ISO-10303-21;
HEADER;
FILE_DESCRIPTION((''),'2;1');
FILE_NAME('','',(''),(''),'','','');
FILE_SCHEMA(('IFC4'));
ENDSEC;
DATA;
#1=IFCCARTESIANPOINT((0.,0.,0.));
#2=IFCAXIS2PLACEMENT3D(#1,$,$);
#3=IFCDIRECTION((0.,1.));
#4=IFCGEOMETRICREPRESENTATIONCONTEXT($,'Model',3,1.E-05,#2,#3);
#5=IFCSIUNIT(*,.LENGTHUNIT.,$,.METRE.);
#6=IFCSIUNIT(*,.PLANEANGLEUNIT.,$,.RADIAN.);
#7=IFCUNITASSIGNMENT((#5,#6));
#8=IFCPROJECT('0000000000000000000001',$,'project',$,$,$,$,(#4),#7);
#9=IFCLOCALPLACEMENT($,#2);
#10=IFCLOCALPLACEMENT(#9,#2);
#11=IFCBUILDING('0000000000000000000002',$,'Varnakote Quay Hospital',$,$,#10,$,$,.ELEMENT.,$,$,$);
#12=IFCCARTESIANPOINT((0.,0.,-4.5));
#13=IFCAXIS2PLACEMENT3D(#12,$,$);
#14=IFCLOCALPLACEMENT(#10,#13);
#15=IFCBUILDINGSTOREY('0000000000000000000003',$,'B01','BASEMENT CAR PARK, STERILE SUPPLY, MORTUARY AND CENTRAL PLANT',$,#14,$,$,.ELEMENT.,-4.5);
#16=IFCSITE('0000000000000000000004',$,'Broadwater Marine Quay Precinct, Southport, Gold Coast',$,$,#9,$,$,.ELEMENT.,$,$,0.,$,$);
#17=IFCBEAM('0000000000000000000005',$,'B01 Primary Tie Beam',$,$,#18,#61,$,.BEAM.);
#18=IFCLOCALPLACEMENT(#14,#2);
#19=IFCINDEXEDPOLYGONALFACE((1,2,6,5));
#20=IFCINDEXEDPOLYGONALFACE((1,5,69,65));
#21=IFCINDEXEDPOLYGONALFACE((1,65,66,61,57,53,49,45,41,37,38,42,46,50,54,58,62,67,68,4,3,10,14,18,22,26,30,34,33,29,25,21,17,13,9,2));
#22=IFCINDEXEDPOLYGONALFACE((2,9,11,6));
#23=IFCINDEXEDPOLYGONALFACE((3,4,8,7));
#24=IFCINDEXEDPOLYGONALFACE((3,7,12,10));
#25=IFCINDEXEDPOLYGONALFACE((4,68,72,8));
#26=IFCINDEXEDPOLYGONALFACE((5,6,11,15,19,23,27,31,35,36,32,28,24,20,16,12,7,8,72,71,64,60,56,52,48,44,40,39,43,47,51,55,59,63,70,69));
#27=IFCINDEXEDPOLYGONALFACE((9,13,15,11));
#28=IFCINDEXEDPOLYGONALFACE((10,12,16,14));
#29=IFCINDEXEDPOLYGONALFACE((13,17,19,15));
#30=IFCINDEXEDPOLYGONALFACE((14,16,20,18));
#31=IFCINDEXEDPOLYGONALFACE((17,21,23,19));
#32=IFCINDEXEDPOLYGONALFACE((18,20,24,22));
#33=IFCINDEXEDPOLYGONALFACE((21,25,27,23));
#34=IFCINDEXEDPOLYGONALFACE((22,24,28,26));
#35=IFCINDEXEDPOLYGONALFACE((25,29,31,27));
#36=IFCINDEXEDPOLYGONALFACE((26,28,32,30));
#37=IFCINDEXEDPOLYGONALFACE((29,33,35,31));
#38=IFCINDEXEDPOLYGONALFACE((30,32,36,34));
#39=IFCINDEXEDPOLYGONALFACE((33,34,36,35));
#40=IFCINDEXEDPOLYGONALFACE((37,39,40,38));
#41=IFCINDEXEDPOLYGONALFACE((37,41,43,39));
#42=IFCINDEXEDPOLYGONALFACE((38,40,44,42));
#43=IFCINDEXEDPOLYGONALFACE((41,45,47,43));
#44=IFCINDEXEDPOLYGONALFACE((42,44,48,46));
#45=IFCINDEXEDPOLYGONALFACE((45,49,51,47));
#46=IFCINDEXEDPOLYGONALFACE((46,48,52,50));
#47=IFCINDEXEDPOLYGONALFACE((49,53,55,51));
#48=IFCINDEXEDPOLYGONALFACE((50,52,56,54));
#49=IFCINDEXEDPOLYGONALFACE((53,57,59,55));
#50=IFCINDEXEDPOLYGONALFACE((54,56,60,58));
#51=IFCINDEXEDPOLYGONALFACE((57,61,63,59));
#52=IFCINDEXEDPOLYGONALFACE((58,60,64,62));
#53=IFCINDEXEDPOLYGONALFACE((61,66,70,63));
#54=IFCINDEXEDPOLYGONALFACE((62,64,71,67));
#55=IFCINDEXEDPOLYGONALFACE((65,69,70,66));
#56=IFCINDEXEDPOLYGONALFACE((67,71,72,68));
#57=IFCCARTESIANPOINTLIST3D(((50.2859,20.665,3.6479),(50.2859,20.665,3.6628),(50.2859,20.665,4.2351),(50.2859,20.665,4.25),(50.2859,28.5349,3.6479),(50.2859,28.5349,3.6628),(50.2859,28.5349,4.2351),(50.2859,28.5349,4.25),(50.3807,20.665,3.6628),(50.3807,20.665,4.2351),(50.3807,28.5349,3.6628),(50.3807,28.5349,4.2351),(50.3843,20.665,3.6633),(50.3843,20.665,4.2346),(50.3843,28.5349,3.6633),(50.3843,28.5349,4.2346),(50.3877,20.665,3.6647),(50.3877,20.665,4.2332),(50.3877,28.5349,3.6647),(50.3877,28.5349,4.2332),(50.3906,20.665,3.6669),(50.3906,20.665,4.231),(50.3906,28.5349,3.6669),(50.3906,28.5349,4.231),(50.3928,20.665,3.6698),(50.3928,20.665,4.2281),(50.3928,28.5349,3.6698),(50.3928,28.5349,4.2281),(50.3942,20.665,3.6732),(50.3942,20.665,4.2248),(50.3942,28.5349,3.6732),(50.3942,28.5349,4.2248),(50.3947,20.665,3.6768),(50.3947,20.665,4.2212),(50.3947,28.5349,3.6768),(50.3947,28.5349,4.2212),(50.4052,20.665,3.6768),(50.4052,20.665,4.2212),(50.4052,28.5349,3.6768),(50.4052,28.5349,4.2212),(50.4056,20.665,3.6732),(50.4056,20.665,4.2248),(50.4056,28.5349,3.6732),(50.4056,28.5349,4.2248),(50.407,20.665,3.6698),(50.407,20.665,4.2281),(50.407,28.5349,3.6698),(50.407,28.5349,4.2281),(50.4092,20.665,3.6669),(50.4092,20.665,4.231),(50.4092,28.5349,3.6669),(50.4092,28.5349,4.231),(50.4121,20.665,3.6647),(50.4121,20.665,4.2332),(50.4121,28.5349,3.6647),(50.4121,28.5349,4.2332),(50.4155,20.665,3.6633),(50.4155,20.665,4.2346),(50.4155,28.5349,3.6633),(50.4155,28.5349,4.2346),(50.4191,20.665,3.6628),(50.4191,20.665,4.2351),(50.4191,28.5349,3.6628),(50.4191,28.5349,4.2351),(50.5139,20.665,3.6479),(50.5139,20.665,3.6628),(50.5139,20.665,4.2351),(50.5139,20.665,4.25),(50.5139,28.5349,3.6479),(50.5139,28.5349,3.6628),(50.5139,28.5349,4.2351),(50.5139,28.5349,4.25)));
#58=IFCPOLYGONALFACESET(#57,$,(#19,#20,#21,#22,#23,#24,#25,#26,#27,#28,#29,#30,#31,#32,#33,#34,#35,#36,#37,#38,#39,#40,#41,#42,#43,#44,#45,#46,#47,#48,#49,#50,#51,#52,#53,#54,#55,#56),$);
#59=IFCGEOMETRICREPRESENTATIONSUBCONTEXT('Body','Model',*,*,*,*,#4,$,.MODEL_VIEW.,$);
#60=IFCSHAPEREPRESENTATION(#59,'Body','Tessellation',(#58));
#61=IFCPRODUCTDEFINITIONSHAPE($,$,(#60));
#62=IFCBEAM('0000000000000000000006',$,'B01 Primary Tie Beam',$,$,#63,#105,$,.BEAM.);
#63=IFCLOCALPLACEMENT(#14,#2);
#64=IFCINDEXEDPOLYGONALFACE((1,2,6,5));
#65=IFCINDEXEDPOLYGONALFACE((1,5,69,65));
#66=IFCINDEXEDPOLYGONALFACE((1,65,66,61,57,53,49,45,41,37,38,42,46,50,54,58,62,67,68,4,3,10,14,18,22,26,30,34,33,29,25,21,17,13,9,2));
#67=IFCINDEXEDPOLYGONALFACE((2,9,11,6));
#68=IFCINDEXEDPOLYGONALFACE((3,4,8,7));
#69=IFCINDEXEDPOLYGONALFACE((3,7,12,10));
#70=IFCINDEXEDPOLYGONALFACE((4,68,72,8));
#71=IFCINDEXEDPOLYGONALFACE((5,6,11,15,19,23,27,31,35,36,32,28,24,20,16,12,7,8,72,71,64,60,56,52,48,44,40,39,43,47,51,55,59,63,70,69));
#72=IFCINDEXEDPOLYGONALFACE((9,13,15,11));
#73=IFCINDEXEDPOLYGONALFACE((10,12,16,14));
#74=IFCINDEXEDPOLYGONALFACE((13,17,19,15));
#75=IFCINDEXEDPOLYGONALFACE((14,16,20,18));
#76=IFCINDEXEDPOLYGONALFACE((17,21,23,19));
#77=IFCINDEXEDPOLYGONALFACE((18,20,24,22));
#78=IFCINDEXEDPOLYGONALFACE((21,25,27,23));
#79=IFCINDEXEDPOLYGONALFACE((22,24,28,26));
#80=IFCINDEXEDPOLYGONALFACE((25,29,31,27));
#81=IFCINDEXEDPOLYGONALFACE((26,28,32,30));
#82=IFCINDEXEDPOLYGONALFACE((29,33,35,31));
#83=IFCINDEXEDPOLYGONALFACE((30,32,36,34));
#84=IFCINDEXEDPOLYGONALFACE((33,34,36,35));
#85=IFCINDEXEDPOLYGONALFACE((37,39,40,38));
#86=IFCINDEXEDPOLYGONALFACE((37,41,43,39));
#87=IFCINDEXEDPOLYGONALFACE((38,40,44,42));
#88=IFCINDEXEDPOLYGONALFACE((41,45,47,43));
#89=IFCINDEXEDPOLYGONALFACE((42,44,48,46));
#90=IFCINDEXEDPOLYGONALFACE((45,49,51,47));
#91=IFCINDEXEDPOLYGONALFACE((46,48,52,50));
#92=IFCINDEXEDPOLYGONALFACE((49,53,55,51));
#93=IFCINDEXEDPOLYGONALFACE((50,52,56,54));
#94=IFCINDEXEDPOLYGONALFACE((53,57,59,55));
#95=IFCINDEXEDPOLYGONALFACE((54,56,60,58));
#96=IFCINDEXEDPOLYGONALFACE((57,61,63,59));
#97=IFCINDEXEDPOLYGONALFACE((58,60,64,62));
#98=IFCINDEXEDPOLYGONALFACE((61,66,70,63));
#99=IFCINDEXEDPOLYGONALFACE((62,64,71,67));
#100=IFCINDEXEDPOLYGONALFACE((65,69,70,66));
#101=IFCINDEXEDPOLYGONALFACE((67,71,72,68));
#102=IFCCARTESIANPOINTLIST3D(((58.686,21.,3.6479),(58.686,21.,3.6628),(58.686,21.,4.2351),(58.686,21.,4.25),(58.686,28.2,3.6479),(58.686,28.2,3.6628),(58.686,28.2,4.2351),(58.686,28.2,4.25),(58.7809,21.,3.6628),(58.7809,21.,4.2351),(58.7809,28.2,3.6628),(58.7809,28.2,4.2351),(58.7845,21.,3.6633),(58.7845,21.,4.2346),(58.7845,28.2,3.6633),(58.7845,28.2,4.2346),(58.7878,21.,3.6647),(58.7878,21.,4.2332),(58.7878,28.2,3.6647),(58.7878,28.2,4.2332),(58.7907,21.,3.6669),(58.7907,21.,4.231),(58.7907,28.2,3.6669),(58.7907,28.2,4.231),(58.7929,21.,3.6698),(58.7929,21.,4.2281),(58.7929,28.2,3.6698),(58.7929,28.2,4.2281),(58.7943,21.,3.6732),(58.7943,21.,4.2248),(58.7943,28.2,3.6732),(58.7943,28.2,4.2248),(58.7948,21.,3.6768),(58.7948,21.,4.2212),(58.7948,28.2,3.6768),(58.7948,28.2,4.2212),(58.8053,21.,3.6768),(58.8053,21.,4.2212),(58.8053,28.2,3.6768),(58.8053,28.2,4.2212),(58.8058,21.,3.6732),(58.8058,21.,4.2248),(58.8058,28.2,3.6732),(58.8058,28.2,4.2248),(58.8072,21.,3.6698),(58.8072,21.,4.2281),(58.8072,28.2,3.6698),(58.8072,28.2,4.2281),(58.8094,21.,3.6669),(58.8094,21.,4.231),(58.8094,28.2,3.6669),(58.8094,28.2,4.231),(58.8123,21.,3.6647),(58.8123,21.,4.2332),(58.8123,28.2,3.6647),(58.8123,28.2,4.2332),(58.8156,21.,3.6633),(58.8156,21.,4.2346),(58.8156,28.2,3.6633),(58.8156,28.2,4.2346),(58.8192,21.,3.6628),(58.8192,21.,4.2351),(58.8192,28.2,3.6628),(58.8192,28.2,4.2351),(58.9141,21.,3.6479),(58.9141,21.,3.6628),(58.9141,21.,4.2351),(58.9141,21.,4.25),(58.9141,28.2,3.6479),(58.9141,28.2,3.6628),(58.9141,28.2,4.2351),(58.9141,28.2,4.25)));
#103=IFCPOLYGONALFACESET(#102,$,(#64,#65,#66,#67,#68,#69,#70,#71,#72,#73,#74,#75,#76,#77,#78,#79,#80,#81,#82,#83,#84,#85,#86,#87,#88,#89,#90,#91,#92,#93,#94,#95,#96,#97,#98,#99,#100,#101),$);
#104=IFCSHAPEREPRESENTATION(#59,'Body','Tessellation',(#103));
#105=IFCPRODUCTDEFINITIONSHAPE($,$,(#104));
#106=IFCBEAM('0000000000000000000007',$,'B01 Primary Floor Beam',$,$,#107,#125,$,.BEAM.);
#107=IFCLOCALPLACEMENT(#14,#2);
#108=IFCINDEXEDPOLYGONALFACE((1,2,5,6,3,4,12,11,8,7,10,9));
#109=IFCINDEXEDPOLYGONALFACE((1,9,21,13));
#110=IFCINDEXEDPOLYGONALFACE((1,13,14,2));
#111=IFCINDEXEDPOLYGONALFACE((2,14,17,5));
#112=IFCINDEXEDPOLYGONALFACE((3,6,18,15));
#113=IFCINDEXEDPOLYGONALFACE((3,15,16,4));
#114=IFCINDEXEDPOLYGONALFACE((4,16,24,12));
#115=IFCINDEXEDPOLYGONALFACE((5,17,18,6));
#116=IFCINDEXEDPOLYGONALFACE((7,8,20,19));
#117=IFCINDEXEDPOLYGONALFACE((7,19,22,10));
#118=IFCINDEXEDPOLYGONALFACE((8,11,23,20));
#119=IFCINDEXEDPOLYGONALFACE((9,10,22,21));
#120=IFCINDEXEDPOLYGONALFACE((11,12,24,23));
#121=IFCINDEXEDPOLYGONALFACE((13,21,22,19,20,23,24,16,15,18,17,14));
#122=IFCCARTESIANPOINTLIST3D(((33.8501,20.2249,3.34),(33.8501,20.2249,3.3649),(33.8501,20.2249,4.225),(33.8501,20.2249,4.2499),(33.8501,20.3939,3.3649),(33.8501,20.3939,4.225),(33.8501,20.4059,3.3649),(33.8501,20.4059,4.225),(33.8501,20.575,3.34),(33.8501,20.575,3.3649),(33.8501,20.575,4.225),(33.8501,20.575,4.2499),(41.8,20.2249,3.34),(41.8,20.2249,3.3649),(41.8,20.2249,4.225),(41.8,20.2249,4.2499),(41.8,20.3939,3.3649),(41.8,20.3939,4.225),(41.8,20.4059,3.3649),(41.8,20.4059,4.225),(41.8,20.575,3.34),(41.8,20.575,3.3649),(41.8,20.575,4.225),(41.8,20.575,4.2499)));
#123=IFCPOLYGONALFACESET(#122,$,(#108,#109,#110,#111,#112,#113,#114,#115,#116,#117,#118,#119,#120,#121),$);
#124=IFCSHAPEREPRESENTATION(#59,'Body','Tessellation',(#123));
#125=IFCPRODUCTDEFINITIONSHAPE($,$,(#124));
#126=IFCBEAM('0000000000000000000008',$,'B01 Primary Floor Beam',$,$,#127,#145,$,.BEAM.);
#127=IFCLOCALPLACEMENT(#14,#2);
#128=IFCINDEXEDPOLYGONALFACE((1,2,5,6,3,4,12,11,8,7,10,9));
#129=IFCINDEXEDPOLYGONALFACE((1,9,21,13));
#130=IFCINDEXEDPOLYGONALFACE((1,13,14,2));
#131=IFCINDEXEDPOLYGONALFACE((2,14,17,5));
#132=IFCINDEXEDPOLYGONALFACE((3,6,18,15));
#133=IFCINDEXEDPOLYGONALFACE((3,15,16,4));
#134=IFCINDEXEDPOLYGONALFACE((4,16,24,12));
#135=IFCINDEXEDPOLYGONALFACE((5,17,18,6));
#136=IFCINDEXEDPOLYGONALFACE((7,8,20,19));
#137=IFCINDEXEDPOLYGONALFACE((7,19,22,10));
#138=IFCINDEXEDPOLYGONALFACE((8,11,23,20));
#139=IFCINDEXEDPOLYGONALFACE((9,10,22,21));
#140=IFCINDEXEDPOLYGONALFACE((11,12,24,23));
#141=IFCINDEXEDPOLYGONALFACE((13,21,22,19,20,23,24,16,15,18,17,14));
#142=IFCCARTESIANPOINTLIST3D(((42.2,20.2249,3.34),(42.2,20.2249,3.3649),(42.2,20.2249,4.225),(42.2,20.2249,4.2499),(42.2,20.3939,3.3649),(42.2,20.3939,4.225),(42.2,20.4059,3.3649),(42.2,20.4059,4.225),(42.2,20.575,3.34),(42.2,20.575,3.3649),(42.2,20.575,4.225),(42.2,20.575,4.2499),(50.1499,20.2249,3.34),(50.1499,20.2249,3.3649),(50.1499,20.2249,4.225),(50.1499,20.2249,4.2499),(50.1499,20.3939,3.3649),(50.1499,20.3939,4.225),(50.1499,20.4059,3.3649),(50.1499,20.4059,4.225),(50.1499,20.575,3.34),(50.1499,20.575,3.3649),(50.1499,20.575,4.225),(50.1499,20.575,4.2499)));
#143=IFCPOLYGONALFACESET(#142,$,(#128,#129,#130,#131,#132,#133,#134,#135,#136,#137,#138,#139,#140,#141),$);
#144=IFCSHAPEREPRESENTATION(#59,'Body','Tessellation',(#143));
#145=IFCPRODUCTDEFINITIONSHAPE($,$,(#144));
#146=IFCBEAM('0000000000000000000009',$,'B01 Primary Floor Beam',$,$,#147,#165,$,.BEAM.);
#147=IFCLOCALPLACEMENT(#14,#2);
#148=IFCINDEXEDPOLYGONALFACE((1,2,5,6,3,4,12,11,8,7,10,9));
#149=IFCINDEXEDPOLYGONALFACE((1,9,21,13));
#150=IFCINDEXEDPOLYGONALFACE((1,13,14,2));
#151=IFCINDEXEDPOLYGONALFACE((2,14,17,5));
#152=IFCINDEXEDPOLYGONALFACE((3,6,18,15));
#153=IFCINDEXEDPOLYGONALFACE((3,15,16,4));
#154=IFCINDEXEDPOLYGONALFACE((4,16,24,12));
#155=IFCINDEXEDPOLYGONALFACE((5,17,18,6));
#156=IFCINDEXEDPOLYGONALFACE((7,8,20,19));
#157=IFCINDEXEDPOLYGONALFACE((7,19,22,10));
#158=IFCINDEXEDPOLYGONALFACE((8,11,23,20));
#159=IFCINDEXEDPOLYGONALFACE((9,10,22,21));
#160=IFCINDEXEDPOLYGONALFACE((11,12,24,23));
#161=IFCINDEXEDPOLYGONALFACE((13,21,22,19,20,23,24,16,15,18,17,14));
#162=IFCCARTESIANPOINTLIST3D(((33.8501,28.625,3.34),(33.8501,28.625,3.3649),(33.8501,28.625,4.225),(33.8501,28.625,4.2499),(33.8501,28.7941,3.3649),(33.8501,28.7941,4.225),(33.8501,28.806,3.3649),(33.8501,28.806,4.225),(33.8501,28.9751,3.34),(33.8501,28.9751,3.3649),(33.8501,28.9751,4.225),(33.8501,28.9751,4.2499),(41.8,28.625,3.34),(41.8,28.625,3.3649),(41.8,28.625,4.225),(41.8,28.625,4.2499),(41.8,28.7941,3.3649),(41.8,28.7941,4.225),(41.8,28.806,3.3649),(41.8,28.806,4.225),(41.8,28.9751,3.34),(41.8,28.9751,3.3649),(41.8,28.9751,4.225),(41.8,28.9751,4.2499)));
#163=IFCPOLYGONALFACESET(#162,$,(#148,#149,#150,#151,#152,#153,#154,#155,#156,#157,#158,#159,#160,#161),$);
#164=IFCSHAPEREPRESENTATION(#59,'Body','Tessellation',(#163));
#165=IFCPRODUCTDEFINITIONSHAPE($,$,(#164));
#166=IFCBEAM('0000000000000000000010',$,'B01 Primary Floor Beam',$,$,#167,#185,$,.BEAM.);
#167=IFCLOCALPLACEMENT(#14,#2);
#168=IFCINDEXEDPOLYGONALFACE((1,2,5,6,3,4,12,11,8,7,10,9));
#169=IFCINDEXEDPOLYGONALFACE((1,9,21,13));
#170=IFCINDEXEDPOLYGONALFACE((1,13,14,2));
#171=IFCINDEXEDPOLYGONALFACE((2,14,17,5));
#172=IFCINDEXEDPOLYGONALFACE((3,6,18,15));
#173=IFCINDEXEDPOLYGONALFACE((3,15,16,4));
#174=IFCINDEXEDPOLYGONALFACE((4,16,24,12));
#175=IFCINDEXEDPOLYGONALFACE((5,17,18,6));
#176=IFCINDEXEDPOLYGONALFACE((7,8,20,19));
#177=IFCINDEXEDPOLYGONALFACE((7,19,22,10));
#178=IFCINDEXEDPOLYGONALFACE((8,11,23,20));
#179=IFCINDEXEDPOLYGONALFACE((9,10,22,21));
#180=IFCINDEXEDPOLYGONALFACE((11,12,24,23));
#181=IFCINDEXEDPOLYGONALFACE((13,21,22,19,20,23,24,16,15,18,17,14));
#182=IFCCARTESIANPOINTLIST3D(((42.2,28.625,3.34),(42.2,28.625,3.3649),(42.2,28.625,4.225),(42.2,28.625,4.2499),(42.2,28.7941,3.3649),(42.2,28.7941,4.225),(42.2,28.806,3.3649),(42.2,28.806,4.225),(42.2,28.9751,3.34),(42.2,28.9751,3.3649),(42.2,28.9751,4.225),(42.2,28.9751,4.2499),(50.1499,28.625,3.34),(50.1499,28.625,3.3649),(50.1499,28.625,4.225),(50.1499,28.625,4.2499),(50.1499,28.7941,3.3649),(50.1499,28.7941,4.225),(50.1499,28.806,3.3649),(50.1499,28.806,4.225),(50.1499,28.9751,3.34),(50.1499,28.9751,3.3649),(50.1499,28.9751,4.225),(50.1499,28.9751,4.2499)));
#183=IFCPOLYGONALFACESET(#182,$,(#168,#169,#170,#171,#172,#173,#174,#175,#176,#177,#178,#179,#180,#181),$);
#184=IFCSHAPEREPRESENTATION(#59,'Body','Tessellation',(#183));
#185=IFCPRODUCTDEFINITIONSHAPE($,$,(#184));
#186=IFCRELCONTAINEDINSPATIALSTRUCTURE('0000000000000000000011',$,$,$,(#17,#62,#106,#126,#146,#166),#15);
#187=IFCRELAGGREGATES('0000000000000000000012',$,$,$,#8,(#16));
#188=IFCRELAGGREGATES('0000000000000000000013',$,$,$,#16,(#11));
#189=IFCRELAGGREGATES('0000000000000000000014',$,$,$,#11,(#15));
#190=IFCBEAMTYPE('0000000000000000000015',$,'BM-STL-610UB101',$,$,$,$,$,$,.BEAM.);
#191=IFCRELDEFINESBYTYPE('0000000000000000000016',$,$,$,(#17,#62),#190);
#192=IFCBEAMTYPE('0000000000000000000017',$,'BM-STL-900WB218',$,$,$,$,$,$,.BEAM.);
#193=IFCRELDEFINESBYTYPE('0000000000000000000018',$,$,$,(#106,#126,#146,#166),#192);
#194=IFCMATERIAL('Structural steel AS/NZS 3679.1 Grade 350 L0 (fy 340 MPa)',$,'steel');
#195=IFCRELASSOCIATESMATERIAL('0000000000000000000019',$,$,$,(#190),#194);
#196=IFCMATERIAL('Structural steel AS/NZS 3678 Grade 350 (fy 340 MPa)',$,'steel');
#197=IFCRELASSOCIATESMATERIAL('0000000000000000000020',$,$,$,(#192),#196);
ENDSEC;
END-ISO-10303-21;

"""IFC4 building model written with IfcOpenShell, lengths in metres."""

from ifc_helpers import new_model, si_unit, direction, frame, origin, origin_2d, place, context, subcontext, project, spatial, i_section, extrude, material, material_profile, profile_set, type_object, element, save


model = new_model("IFC4")

# Units and contexts
model_context = context("Model", 3, precision=1e-05, world=origin(), true_north=direction((0.0, 1.0)))
body_context = subcontext(model_context, "Body", "Model", "MODEL_VIEW")
ifc_project = project(units=[si_unit("LENGTHUNIT", "METRE"), si_unit("PLANEANGLEUNIT", "RADIAN")], contexts=[model_context])

# Site, building, storey
site_placement = place(None, origin())
site = spatial("IfcSite", under=ifc_project, at=site_placement, Name="Broadwater Marine Quay Precinct, Southport, Gold Coast", CompositionType="ELEMENT", RefElevation=0.0)
building_placement = place(site_placement, origin())
building = spatial("IfcBuilding", under=site, at=building_placement, Name="Varnakote Quay Hospital", CompositionType="ELEMENT")
storey_placement = place(building_placement, frame((0.0, 0.0, -4.5)))
storey = spatial("IfcBuildingStorey", under=building, at=storey_placement, Name="B01", Description="BASEMENT CAR PARK, STERILE SUPPLY, MORTUARY AND CENTRAL PLANT", CompositionType="ELEMENT", Elevation=-4.5)

# Beams
ifc_material_1 = material(Name="Structural steel AS/NZS 3679.1 Grade 350 L0 (fy 340 MPa)", Category="steel")
ifc_material_profile_1 = material_profile(ifc_material_1, i_section(OverallWidth=0.228, OverallDepth=0.6021, WebThickness=0.0105, FlangeThickness=0.0149, FilletRadius=0.0139, at=origin_2d()), Name="610UB101")
ifc_profile_set_1 = profile_set([ifc_material_profile_1], Name="Structural steel AS/NZS 3679.1 Grade 350 L0 (fy 340 MPa)")
beam_type_1 = type_object("IfcBeamType", Name="BM-STL-610UB101", PredefinedType="BEAM", material=ifc_profile_set_1)
beam_1_placement = place(storey_placement, frame((50.3999, 20.665, 3.949), z_axis=(0.0, 1.0, 0.0), x_axis=(-1.0, 0.0, 0.0)))
element("IfcBeam", 1, at=beam_1_placement, inside=storey, type_object=beam_type_1, Name="B01 Primary Tie Beam", PredefinedType="BEAM", context=body_context, shape_type="SweptSolid", body=[
    extrude(i_section(OverallWidth=0.228, OverallDepth=0.6021, WebThickness=0.0105, FlangeThickness=0.0149, FilletRadius=0.0139, at=origin_2d()), origin(), (0.0, 0.0, 1.0), 7.8699),
])
beam_2_placement = place(storey_placement, frame((58.8, 21.0, 3.949), z_axis=(0.0, 1.0, 0.0), x_axis=(-1.0, 0.0, 0.0)))
element("IfcBeam", 2, at=beam_2_placement, inside=storey, type_object=beam_type_1, Name="B01 Primary Tie Beam", PredefinedType="BEAM", context=body_context, shape_type="SweptSolid", body=[
    extrude(i_section(OverallWidth=0.228, OverallDepth=0.6021, WebThickness=0.0105, FlangeThickness=0.0149, FilletRadius=0.0139, at=origin_2d()), origin(), (0.0, 0.0, 1.0), 7.2),
])
ifc_material_2 = material(Name="Structural steel AS/NZS 3678 Grade 350 (fy 340 MPa)", Category="steel")
ifc_material_profile_2 = material_profile(ifc_material_2, i_section(OverallWidth=0.3501, OverallDepth=0.9099, WebThickness=0.012, FlangeThickness=0.0249, at=origin_2d()), Name="900WB218")
ifc_profile_set_2 = profile_set([ifc_material_profile_2], Name="Structural steel AS/NZS 3678 Grade 350 (fy 340 MPa)")
beam_type_2 = type_object("IfcBeamType", Name="BM-STL-900WB218", PredefinedType="BEAM", material=ifc_profile_set_2)
for number, where, z_axis, x_axis, name in (
    (3, (33.8501, 20.3999, 3.7949), (1.0, 0.0, 0.0), (0.0, 1.0, 0.0), "B01 Primary Floor Beam"),
    (4, (42.2, 20.3999, 3.7949), (1.0, 0.0, 0.0), (0.0, 1.0, 0.0), "B01 Primary Floor Beam"),
    (5, (33.8501, 28.8, 3.7949), (1.0, 0.0, 0.0), (0.0, 1.0, 0.0), "B01 Primary Floor Beam"),
    (6, (42.2, 28.8, 3.7949), (1.0, 0.0, 0.0), (0.0, 1.0, 0.0), "B01 Primary Floor Beam"),
):
    element("IfcBeam", number, at=place(storey_placement, frame(where, z_axis=z_axis, x_axis=x_axis)), inside=storey, type_object=beam_type_2, Name=name, PredefinedType="BEAM", context=body_context, shape_type="SweptSolid", body=[
        extrude(i_section(OverallWidth=0.3501, OverallDepth=0.9099, WebThickness=0.012, FlangeThickness=0.0249, at=origin_2d()), origin(), (0.0, 0.0, 1.0), 7.95),
    ])

save(model, "model.ifc")
